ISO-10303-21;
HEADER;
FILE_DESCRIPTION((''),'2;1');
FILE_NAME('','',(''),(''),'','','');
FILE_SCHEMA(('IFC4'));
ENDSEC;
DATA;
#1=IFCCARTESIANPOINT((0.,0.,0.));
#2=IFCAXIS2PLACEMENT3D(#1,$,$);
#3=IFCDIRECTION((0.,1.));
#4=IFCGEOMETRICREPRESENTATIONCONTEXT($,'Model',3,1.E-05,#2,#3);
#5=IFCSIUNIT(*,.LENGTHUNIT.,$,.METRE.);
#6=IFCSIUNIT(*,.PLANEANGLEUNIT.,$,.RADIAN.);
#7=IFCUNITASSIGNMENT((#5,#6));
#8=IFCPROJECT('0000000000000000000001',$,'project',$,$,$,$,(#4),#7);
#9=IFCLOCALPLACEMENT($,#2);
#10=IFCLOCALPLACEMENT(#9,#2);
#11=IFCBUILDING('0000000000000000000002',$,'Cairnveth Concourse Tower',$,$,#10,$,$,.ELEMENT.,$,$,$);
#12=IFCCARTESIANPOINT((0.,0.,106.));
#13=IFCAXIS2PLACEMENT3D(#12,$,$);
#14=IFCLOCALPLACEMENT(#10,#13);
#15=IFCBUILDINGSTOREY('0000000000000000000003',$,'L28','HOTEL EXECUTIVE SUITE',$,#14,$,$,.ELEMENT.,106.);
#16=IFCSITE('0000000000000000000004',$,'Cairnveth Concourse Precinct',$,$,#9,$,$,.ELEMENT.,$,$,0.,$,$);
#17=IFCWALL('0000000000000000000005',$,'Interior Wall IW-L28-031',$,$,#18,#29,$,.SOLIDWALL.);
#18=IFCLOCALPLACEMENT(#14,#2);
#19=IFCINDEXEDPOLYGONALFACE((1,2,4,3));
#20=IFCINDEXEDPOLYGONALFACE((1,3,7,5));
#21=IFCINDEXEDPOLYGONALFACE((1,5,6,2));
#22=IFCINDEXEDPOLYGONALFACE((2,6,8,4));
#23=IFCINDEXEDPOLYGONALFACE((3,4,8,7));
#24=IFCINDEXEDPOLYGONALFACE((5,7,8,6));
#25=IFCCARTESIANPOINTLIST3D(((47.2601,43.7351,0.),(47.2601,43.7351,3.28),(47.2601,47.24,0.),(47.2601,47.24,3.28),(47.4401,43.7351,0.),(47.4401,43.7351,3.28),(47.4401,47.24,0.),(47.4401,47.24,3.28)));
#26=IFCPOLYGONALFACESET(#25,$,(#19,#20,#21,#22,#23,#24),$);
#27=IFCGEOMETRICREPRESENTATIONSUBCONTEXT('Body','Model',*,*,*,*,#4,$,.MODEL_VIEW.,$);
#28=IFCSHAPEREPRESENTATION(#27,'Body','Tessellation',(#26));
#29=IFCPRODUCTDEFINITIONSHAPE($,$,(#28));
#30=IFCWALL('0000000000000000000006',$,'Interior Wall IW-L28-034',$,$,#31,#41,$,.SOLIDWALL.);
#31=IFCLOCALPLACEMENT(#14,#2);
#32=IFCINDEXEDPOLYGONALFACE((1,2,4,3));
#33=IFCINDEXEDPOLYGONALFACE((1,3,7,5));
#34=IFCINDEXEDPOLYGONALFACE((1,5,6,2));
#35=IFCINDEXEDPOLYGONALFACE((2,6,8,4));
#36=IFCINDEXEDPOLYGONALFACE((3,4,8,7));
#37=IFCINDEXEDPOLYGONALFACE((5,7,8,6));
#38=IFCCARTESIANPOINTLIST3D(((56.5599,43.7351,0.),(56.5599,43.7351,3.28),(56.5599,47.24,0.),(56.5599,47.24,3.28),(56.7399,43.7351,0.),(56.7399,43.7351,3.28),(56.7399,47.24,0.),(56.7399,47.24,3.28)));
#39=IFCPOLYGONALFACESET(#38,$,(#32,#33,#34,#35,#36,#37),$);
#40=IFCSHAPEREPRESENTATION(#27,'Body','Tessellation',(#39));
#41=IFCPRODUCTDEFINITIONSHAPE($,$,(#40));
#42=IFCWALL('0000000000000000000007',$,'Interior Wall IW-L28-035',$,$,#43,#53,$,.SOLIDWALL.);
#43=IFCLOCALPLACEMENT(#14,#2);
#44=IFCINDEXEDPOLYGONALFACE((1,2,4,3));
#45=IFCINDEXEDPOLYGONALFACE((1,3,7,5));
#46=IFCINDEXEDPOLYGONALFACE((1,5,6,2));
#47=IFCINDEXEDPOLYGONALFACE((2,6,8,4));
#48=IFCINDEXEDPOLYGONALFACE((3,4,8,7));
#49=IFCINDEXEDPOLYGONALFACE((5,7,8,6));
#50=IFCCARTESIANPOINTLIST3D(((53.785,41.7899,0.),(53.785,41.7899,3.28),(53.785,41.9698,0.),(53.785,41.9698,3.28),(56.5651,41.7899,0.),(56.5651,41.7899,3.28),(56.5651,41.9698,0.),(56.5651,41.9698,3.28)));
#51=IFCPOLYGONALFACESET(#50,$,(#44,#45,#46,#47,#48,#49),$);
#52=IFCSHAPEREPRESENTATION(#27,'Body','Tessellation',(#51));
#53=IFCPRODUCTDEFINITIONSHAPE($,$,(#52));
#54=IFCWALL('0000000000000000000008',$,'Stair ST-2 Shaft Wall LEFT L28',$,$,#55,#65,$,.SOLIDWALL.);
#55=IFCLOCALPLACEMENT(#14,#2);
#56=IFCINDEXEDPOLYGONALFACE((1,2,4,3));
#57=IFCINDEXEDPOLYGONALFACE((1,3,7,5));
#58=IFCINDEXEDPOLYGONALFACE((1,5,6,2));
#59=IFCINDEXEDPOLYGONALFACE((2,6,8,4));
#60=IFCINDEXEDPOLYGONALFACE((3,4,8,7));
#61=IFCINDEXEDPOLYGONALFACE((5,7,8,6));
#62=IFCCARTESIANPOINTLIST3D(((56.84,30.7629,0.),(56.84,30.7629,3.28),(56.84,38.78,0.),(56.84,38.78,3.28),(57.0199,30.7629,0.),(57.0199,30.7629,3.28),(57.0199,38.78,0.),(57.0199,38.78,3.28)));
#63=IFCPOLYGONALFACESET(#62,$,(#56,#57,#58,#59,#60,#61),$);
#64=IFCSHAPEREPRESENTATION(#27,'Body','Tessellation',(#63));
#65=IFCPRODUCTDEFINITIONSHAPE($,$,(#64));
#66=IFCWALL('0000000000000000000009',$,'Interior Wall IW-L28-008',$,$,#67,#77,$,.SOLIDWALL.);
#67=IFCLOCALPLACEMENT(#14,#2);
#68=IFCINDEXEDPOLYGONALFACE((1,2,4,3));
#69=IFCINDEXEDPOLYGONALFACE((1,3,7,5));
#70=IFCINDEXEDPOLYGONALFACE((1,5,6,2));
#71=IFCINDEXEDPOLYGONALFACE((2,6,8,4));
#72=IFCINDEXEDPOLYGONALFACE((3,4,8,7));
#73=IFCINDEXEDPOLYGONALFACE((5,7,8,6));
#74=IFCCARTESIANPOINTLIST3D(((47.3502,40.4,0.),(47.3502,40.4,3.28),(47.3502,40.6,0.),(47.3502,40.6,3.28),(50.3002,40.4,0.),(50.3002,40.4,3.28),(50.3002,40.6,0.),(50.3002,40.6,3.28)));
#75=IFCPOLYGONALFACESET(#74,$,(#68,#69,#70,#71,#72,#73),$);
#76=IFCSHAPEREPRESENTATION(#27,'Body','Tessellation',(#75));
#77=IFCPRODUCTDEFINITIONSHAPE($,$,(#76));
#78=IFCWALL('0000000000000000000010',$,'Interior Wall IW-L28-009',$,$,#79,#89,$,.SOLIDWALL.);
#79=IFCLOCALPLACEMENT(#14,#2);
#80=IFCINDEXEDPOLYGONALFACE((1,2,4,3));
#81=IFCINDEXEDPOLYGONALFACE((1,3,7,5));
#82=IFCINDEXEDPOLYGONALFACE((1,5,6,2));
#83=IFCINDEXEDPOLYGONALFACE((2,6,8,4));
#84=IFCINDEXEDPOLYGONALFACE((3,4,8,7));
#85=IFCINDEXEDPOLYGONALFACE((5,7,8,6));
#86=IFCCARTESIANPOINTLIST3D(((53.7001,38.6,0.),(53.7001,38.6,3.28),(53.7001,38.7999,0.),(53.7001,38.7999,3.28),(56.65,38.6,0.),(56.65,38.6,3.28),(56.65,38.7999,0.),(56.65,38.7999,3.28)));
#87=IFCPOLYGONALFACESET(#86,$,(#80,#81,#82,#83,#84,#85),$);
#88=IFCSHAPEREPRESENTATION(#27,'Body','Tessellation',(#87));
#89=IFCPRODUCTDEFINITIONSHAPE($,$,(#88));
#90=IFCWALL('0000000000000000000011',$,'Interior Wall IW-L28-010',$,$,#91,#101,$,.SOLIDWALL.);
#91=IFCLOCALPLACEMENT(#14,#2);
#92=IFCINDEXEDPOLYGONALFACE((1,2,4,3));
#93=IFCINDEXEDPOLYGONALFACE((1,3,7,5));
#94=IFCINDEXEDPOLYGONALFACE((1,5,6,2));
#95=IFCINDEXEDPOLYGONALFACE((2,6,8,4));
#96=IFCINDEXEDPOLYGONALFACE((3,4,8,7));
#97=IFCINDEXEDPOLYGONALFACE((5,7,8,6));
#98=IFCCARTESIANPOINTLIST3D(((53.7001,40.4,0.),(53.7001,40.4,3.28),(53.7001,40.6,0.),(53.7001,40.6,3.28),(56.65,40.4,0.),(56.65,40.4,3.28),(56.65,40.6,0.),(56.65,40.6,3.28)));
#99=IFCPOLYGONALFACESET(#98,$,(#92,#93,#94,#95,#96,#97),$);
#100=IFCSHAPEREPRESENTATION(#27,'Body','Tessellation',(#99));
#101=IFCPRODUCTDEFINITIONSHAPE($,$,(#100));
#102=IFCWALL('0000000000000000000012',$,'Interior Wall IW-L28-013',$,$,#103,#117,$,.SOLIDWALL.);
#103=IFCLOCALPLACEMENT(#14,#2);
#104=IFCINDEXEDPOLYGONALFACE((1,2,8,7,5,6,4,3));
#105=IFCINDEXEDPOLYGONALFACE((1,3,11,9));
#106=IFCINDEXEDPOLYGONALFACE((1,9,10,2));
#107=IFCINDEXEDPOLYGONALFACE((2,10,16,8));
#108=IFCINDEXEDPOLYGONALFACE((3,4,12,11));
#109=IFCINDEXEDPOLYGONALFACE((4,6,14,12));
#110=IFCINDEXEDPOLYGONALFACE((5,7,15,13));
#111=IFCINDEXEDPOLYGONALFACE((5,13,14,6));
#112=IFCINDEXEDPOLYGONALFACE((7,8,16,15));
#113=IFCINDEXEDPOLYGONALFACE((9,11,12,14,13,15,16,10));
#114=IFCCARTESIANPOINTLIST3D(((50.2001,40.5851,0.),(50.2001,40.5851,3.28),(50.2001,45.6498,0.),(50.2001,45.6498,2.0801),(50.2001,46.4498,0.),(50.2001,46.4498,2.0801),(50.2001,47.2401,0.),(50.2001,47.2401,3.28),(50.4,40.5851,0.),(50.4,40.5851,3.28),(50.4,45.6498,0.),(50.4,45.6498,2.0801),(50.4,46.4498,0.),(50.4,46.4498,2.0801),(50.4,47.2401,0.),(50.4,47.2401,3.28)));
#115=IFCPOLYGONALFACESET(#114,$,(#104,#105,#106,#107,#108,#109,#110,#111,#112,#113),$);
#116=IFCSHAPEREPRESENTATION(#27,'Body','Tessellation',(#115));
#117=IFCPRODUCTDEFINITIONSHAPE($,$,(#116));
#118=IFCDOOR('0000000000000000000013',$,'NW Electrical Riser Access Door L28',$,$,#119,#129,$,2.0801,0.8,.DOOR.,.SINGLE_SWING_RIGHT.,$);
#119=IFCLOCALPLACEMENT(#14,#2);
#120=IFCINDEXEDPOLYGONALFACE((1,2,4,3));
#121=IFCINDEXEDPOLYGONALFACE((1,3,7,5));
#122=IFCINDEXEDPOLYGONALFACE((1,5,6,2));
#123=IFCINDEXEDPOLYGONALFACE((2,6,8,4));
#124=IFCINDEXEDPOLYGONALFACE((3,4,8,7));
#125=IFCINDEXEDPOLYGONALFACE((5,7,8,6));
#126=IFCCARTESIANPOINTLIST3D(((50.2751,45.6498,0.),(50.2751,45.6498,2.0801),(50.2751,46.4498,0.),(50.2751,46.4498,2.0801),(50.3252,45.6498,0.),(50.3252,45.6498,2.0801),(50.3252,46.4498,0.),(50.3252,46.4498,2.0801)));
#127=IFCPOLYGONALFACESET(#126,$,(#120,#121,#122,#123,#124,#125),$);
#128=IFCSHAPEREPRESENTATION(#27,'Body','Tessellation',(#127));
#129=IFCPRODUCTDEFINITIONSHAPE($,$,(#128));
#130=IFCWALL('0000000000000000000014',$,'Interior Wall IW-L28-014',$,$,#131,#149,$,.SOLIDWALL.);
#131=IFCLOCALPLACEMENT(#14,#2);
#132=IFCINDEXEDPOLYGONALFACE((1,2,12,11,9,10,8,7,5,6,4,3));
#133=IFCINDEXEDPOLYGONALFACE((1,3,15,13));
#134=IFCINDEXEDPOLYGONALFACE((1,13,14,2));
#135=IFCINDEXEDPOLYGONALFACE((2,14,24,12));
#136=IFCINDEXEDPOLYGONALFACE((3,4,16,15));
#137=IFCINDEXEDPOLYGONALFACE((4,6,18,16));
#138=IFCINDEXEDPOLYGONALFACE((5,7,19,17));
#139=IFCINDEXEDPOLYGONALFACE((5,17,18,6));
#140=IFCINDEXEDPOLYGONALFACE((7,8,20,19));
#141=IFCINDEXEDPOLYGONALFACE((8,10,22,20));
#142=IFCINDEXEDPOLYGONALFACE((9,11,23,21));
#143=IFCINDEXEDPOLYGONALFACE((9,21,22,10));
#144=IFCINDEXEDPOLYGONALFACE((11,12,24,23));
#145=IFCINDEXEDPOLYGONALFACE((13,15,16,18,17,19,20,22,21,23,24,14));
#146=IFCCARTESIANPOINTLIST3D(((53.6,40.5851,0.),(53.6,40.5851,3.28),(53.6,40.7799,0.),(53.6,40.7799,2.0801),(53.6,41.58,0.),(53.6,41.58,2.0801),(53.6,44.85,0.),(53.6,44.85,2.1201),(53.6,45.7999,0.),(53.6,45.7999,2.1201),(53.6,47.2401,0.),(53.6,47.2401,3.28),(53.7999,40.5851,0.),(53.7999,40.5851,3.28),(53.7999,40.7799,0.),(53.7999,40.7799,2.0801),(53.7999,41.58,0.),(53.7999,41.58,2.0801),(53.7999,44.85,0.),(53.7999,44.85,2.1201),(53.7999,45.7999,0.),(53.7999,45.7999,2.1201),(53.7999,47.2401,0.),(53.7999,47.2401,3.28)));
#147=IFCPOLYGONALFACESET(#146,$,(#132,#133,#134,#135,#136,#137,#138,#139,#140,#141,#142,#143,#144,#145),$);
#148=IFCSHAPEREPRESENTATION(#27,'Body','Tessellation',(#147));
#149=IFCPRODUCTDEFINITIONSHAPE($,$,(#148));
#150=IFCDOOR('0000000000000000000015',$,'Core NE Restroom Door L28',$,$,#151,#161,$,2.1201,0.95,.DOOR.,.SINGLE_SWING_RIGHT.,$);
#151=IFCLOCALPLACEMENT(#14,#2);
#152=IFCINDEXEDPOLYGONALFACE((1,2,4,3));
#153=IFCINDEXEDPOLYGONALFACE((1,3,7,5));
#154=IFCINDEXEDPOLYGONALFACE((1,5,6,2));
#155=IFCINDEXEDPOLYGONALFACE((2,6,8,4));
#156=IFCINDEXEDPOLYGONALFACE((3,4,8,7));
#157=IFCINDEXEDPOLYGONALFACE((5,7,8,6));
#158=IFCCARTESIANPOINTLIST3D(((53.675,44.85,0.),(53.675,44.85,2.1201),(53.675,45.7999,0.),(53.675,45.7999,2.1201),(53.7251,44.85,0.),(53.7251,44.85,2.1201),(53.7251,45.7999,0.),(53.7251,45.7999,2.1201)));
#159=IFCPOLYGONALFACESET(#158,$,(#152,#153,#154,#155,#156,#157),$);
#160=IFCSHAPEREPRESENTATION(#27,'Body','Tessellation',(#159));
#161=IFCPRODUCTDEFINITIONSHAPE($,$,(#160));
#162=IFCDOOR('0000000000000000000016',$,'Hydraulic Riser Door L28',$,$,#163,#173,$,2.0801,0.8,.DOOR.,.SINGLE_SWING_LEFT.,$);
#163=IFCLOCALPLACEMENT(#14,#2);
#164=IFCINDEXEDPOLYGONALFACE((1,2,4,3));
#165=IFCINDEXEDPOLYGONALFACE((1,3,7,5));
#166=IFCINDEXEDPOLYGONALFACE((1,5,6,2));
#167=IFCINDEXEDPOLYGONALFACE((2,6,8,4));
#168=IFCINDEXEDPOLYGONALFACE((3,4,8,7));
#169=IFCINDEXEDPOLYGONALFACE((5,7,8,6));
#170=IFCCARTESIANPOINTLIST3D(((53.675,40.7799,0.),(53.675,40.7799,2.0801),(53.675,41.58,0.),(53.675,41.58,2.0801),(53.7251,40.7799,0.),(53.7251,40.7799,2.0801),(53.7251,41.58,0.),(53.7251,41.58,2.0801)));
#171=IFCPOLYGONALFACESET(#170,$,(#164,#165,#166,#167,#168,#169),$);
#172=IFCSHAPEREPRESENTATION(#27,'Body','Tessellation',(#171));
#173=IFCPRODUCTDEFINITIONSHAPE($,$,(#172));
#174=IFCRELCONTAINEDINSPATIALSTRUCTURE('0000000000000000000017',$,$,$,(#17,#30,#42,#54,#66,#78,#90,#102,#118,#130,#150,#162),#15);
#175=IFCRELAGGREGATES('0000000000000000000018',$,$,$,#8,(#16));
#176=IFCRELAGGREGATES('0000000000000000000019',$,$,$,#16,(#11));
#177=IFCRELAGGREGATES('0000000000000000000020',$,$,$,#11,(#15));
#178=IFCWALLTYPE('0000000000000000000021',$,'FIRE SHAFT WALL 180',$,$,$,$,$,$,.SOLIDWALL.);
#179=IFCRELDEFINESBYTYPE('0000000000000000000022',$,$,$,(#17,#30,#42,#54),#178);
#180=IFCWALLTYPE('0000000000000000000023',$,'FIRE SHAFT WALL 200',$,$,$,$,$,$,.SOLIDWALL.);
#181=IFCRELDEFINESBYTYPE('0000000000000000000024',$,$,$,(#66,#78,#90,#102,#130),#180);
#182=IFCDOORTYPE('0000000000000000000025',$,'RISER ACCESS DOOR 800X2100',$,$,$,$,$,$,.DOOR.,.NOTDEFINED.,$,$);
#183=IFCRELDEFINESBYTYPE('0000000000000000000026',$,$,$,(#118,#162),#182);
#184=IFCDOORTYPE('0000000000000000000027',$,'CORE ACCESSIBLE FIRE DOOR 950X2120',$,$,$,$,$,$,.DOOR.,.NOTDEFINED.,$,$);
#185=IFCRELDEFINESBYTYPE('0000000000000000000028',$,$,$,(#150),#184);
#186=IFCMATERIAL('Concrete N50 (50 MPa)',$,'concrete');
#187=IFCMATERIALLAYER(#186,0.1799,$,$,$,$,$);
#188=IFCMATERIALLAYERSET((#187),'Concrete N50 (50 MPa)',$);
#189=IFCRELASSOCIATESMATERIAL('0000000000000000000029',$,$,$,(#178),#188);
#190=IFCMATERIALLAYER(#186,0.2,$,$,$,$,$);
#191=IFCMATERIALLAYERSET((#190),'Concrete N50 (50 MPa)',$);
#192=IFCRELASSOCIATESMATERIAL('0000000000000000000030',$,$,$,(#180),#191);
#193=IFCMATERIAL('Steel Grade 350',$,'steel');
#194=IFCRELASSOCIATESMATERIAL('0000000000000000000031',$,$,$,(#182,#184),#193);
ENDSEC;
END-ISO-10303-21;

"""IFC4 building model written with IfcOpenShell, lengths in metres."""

from ifc_helpers import new_model, si_unit, direction, frame, frame_2d, origin, place, context, subcontext, project, spatial, rectangle, extrude, material, layer, layer_set, type_object, element, fill, save


model = new_model("IFC4")

# Units and contexts
model_context = context("Model", 3, precision=1e-05, world=origin(), true_north=direction((0.0, 1.0)))
body_context = subcontext(model_context, "Body", "Model", "MODEL_VIEW")
ifc_project = project(units=[si_unit("LENGTHUNIT", "METRE"), si_unit("PLANEANGLEUNIT", "RADIAN")], contexts=[model_context])

# Site, building, storey
site_placement = place(None, origin())
site = spatial("IfcSite", under=ifc_project, at=site_placement, Name="Cairnveth Concourse Precinct", CompositionType="ELEMENT", RefElevation=0.0)
building_placement = place(site_placement, origin())
building = spatial("IfcBuilding", under=site, at=building_placement, Name="Cairnveth Concourse Tower", CompositionType="ELEMENT")
storey_placement = place(building_placement, frame((0.0, 0.0, 106.0)))
storey = spatial("IfcBuildingStorey", under=building, at=storey_placement, Name="L28", Description="HOTEL EXECUTIVE SUITE", CompositionType="ELEMENT", Elevation=106.0)

# Walls
ifc_material_1 = material(Name="Concrete N50 (50 MPa)", Category="concrete")
ifc_layer_1 = layer(ifc_material_1, 0.1799)
ifc_layer_set_1 = layer_set([ifc_layer_1], Name="Concrete N50 (50 MPa)")
wall_type_1 = type_object("IfcWallType", Name="FIRE SHAFT WALL 180", PredefinedType="SOLIDWALL", material=ifc_layer_set_1)
for number, where, z_axis, x_axis, name in (
    (1, (47.3501, 43.7351, 0.0), (0.0, 0.0, 1.0), (0.0, 1.0, 0.0), "Interior Wall IW-L28-031"),
    (2, (56.6499, 43.7351, 0.0), (0.0, 0.0, 1.0), (0.0, 1.0, 0.0), "Interior Wall IW-L28-034"),
):
    element("IfcWall", number, at=place(storey_placement, frame(where, z_axis=z_axis, x_axis=x_axis)), inside=storey, type_object=wall_type_1, Name=name, PredefinedType="SOLIDWALL", context=body_context, shape_type="SweptSolid", body=[
        extrude(rectangle(XDim=3.5049, YDim=0.1799, at=frame_2d((1.7524, 0.0))), origin(), (0.0, 0.0, 1.0), 3.28),
    ])
wall_1_placement = place(storey_placement, frame((53.7849, 41.8799, 0.0), z_axis=(0.0, 0.0, 1.0), x_axis=(1.0, 0.0, 0.0)))
element("IfcWall", 3, at=wall_1_placement, inside=storey, type_object=wall_type_1, Name="Interior Wall IW-L28-035", PredefinedType="SOLIDWALL", context=body_context, shape_type="SweptSolid", body=[
    extrude(rectangle(XDim=2.78, YDim=0.1799, at=frame_2d((1.3901, 0.0))), origin(), (0.0, 0.0, 1.0), 3.28),
])

# Shared definitions
ifc_material_2 = material(Name="Steel Grade 350", Category="steel")

# Walls
wall_2_placement = place(storey_placement, frame((56.9299, 38.78, 0.0), z_axis=(0.0, 0.0, 1.0), x_axis=(0.0, -1.0, 0.0)))
element("IfcWall", 4, at=wall_2_placement, inside=storey, type_object=wall_type_1, Name="Stair ST-2 Shaft Wall LEFT L28", PredefinedType="SOLIDWALL", context=body_context, shape_type="SweptSolid", body=[
    extrude(rectangle(XDim=8.0171, YDim=0.1799, at=frame_2d((4.0085, 0.0))), origin(), (0.0, 0.0, 1.0), 3.28),
])
ifc_layer_2 = layer(ifc_material_1, 0.2)
ifc_layer_set_2 = layer_set([ifc_layer_2], Name="Concrete N50 (50 MPa)")
wall_type_2 = type_object("IfcWallType", Name="FIRE SHAFT WALL 200", PredefinedType="SOLIDWALL", material=ifc_layer_set_2)
for number, where, z_axis, x_axis, name in (
    (5, (47.3501, 40.5, 0.0), (0.0, 0.0, 1.0), (1.0, 0.0, 0.0), "Interior Wall IW-L28-008"),
    (6, (53.7, 38.7, 0.0), (0.0, 0.0, 1.0), (1.0, 0.0, 0.0), "Interior Wall IW-L28-009"),
    (7, (53.7, 40.5, 0.0), (0.0, 0.0, 1.0), (1.0, 0.0, 0.0), "Interior Wall IW-L28-010"),
):
    element("IfcWall", number, at=place(storey_placement, frame(where, z_axis=z_axis, x_axis=x_axis)), inside=storey, type_object=wall_type_2, Name=name, PredefinedType="SOLIDWALL", context=body_context, shape_type="SweptSolid", body=[
        extrude(rectangle(XDim=2.95, YDim=0.2, at=frame_2d((1.4751, 0.0))), origin(), (0.0, 0.0, 1.0), 3.28),
    ])

# Wall, opening, door
wall_3_placement = place(storey_placement, frame((50.3, 40.585, 0.0), z_axis=(0.0, 0.0, 1.0), x_axis=(0.0, 1.0, 0.0)))
wall_3 = element("IfcWall", 8, at=wall_3_placement, inside=storey, type_object=wall_type_2, Name="Interior Wall IW-L28-013", PredefinedType="SOLIDWALL", context=body_context, shape_type="SweptSolid", body=[
    extrude(rectangle(XDim=6.655, YDim=0.2, at=frame_2d((3.3276, 0.0))), origin(), (0.0, 0.0, 1.0), 3.28),
])
opening_1_placement = place(wall_3_placement, frame((5.0649, 0.0, 0.0)))
opening_1 = element("IfcOpeningElement", 9, at=opening_1_placement, cuts=wall_3, PredefinedType="OPENING", context=body_context, shape_type="SweptSolid", body=[
    extrude(rectangle(XDim=0.8, YDim=2.0801, at=frame_2d((0.3999, 1.04))), frame((0.0, 0.1099, 0.0), z_axis=(0.0, -1.0, 0.0), x_axis=(1.0, 0.0, 0.0)), (0.0, 0.0, 1.0), 0.22),
])
door_type_1 = type_object("IfcDoorType", Name="RISER ACCESS DOOR 800X2100", OperationType="NOTDEFINED", PredefinedType="DOOR", material=ifc_material_2)
door_1_placement = place(opening_1_placement, origin())
door_1 = element("IfcDoor", 10, at=door_1_placement, inside=storey, type_object=door_type_1, Name="NW Electrical Riser Access Door L28", OperationType="SINGLE_SWING_RIGHT", OverallHeight=2.0801, OverallWidth=0.8, PredefinedType="DOOR", context=body_context, shape_type="SweptSolid", body=[
    extrude(rectangle(XDim=0.8, YDim=2.0801, at=frame_2d((0.3999, 1.04))), frame((0.0, 0.0249, 0.0), z_axis=(0.0, -1.0, 0.0), x_axis=(1.0, 0.0, 0.0)), (0.0, 0.0, 1.0), 0.05),
])
fill(opening_1, door_1)

# Wall, openings, doors
wall_4_placement = place(storey_placement, frame((53.7, 40.585, 0.0), z_axis=(0.0, 0.0, 1.0), x_axis=(0.0, 1.0, 0.0)))
wall_4 = element("IfcWall", 11, at=wall_4_placement, inside=storey, type_object=wall_type_2, Name="Interior Wall IW-L28-014", PredefinedType="SOLIDWALL", context=body_context, shape_type="SweptSolid", body=[
    extrude(rectangle(XDim=6.655, YDim=0.2, at=frame_2d((3.3276, 0.0))), origin(), (0.0, 0.0, 1.0), 3.28),
])
opening_2_placement = place(wall_4_placement, frame((0.1951, 0.0, 0.0)))
opening_2 = element("IfcOpeningElement", 12, at=opening_2_placement, cuts=wall_4, PredefinedType="OPENING", context=body_context, shape_type="SweptSolid", body=[
    extrude(rectangle(XDim=0.8, YDim=2.0801, at=frame_2d((0.3999, 1.04))), frame((0.0, 0.1099, 0.0), z_axis=(0.0, -1.0, 0.0), x_axis=(1.0, 0.0, 0.0)), (0.0, 0.0, 1.0), 0.22),
])
opening_3_placement = place(wall_4_placement, frame((4.2649, 0.0, 0.0)))
opening_3 = element("IfcOpeningElement", 13, at=opening_3_placement, cuts=wall_4, PredefinedType="OPENING", context=body_context, shape_type="SweptSolid", body=[
    extrude(rectangle(XDim=0.95, YDim=2.1201, at=frame_2d((0.4751, 1.0601))), frame((0.0, 0.1099, 0.0), z_axis=(0.0, -1.0, 0.0), x_axis=(1.0, 0.0, 0.0)), (0.0, 0.0, 1.0), 0.22),
])
door_type_2 = type_object("IfcDoorType", Name="CORE ACCESSIBLE FIRE DOOR 950X2120", OperationType="NOTDEFINED", PredefinedType="DOOR", material=ifc_material_2)
door_2_placement = place(opening_3_placement, origin())
door_2 = element("IfcDoor", 14, at=door_2_placement, inside=storey, type_object=door_type_2, Name="Core NE Restroom Door L28", OperationType="SINGLE_SWING_RIGHT", OverallHeight=2.1201, OverallWidth=0.95, PredefinedType="DOOR", context=body_context, shape_type="SweptSolid", body=[
    extrude(rectangle(XDim=0.95, YDim=2.1201, at=frame_2d((0.4751, 1.0601))), frame((0.0, 0.0249, 0.0), z_axis=(0.0, -1.0, 0.0), x_axis=(1.0, 0.0, 0.0)), (0.0, 0.0, 1.0), 0.05),
])
fill(opening_3, door_2)
door_3_placement = place(opening_2_placement, origin())
door_3 = element("IfcDoor", 15, at=door_3_placement, inside=storey, type_object=door_type_1, Name="Hydraulic Riser Door L28", OperationType="SINGLE_SWING_LEFT", OverallHeight=2.0801, OverallWidth=0.8, PredefinedType="DOOR", context=body_context, shape_type="SweptSolid", body=[
    extrude(rectangle(XDim=0.8, YDim=2.0801, at=frame_2d((0.3999, 1.04))), frame((0.0, 0.0249, 0.0), z_axis=(0.0, -1.0, 0.0), x_axis=(1.0, 0.0, 0.0)), (0.0, 0.0, 1.0), 0.05),
])
fill(opening_2, door_3)

save(model, "model.ifc")
